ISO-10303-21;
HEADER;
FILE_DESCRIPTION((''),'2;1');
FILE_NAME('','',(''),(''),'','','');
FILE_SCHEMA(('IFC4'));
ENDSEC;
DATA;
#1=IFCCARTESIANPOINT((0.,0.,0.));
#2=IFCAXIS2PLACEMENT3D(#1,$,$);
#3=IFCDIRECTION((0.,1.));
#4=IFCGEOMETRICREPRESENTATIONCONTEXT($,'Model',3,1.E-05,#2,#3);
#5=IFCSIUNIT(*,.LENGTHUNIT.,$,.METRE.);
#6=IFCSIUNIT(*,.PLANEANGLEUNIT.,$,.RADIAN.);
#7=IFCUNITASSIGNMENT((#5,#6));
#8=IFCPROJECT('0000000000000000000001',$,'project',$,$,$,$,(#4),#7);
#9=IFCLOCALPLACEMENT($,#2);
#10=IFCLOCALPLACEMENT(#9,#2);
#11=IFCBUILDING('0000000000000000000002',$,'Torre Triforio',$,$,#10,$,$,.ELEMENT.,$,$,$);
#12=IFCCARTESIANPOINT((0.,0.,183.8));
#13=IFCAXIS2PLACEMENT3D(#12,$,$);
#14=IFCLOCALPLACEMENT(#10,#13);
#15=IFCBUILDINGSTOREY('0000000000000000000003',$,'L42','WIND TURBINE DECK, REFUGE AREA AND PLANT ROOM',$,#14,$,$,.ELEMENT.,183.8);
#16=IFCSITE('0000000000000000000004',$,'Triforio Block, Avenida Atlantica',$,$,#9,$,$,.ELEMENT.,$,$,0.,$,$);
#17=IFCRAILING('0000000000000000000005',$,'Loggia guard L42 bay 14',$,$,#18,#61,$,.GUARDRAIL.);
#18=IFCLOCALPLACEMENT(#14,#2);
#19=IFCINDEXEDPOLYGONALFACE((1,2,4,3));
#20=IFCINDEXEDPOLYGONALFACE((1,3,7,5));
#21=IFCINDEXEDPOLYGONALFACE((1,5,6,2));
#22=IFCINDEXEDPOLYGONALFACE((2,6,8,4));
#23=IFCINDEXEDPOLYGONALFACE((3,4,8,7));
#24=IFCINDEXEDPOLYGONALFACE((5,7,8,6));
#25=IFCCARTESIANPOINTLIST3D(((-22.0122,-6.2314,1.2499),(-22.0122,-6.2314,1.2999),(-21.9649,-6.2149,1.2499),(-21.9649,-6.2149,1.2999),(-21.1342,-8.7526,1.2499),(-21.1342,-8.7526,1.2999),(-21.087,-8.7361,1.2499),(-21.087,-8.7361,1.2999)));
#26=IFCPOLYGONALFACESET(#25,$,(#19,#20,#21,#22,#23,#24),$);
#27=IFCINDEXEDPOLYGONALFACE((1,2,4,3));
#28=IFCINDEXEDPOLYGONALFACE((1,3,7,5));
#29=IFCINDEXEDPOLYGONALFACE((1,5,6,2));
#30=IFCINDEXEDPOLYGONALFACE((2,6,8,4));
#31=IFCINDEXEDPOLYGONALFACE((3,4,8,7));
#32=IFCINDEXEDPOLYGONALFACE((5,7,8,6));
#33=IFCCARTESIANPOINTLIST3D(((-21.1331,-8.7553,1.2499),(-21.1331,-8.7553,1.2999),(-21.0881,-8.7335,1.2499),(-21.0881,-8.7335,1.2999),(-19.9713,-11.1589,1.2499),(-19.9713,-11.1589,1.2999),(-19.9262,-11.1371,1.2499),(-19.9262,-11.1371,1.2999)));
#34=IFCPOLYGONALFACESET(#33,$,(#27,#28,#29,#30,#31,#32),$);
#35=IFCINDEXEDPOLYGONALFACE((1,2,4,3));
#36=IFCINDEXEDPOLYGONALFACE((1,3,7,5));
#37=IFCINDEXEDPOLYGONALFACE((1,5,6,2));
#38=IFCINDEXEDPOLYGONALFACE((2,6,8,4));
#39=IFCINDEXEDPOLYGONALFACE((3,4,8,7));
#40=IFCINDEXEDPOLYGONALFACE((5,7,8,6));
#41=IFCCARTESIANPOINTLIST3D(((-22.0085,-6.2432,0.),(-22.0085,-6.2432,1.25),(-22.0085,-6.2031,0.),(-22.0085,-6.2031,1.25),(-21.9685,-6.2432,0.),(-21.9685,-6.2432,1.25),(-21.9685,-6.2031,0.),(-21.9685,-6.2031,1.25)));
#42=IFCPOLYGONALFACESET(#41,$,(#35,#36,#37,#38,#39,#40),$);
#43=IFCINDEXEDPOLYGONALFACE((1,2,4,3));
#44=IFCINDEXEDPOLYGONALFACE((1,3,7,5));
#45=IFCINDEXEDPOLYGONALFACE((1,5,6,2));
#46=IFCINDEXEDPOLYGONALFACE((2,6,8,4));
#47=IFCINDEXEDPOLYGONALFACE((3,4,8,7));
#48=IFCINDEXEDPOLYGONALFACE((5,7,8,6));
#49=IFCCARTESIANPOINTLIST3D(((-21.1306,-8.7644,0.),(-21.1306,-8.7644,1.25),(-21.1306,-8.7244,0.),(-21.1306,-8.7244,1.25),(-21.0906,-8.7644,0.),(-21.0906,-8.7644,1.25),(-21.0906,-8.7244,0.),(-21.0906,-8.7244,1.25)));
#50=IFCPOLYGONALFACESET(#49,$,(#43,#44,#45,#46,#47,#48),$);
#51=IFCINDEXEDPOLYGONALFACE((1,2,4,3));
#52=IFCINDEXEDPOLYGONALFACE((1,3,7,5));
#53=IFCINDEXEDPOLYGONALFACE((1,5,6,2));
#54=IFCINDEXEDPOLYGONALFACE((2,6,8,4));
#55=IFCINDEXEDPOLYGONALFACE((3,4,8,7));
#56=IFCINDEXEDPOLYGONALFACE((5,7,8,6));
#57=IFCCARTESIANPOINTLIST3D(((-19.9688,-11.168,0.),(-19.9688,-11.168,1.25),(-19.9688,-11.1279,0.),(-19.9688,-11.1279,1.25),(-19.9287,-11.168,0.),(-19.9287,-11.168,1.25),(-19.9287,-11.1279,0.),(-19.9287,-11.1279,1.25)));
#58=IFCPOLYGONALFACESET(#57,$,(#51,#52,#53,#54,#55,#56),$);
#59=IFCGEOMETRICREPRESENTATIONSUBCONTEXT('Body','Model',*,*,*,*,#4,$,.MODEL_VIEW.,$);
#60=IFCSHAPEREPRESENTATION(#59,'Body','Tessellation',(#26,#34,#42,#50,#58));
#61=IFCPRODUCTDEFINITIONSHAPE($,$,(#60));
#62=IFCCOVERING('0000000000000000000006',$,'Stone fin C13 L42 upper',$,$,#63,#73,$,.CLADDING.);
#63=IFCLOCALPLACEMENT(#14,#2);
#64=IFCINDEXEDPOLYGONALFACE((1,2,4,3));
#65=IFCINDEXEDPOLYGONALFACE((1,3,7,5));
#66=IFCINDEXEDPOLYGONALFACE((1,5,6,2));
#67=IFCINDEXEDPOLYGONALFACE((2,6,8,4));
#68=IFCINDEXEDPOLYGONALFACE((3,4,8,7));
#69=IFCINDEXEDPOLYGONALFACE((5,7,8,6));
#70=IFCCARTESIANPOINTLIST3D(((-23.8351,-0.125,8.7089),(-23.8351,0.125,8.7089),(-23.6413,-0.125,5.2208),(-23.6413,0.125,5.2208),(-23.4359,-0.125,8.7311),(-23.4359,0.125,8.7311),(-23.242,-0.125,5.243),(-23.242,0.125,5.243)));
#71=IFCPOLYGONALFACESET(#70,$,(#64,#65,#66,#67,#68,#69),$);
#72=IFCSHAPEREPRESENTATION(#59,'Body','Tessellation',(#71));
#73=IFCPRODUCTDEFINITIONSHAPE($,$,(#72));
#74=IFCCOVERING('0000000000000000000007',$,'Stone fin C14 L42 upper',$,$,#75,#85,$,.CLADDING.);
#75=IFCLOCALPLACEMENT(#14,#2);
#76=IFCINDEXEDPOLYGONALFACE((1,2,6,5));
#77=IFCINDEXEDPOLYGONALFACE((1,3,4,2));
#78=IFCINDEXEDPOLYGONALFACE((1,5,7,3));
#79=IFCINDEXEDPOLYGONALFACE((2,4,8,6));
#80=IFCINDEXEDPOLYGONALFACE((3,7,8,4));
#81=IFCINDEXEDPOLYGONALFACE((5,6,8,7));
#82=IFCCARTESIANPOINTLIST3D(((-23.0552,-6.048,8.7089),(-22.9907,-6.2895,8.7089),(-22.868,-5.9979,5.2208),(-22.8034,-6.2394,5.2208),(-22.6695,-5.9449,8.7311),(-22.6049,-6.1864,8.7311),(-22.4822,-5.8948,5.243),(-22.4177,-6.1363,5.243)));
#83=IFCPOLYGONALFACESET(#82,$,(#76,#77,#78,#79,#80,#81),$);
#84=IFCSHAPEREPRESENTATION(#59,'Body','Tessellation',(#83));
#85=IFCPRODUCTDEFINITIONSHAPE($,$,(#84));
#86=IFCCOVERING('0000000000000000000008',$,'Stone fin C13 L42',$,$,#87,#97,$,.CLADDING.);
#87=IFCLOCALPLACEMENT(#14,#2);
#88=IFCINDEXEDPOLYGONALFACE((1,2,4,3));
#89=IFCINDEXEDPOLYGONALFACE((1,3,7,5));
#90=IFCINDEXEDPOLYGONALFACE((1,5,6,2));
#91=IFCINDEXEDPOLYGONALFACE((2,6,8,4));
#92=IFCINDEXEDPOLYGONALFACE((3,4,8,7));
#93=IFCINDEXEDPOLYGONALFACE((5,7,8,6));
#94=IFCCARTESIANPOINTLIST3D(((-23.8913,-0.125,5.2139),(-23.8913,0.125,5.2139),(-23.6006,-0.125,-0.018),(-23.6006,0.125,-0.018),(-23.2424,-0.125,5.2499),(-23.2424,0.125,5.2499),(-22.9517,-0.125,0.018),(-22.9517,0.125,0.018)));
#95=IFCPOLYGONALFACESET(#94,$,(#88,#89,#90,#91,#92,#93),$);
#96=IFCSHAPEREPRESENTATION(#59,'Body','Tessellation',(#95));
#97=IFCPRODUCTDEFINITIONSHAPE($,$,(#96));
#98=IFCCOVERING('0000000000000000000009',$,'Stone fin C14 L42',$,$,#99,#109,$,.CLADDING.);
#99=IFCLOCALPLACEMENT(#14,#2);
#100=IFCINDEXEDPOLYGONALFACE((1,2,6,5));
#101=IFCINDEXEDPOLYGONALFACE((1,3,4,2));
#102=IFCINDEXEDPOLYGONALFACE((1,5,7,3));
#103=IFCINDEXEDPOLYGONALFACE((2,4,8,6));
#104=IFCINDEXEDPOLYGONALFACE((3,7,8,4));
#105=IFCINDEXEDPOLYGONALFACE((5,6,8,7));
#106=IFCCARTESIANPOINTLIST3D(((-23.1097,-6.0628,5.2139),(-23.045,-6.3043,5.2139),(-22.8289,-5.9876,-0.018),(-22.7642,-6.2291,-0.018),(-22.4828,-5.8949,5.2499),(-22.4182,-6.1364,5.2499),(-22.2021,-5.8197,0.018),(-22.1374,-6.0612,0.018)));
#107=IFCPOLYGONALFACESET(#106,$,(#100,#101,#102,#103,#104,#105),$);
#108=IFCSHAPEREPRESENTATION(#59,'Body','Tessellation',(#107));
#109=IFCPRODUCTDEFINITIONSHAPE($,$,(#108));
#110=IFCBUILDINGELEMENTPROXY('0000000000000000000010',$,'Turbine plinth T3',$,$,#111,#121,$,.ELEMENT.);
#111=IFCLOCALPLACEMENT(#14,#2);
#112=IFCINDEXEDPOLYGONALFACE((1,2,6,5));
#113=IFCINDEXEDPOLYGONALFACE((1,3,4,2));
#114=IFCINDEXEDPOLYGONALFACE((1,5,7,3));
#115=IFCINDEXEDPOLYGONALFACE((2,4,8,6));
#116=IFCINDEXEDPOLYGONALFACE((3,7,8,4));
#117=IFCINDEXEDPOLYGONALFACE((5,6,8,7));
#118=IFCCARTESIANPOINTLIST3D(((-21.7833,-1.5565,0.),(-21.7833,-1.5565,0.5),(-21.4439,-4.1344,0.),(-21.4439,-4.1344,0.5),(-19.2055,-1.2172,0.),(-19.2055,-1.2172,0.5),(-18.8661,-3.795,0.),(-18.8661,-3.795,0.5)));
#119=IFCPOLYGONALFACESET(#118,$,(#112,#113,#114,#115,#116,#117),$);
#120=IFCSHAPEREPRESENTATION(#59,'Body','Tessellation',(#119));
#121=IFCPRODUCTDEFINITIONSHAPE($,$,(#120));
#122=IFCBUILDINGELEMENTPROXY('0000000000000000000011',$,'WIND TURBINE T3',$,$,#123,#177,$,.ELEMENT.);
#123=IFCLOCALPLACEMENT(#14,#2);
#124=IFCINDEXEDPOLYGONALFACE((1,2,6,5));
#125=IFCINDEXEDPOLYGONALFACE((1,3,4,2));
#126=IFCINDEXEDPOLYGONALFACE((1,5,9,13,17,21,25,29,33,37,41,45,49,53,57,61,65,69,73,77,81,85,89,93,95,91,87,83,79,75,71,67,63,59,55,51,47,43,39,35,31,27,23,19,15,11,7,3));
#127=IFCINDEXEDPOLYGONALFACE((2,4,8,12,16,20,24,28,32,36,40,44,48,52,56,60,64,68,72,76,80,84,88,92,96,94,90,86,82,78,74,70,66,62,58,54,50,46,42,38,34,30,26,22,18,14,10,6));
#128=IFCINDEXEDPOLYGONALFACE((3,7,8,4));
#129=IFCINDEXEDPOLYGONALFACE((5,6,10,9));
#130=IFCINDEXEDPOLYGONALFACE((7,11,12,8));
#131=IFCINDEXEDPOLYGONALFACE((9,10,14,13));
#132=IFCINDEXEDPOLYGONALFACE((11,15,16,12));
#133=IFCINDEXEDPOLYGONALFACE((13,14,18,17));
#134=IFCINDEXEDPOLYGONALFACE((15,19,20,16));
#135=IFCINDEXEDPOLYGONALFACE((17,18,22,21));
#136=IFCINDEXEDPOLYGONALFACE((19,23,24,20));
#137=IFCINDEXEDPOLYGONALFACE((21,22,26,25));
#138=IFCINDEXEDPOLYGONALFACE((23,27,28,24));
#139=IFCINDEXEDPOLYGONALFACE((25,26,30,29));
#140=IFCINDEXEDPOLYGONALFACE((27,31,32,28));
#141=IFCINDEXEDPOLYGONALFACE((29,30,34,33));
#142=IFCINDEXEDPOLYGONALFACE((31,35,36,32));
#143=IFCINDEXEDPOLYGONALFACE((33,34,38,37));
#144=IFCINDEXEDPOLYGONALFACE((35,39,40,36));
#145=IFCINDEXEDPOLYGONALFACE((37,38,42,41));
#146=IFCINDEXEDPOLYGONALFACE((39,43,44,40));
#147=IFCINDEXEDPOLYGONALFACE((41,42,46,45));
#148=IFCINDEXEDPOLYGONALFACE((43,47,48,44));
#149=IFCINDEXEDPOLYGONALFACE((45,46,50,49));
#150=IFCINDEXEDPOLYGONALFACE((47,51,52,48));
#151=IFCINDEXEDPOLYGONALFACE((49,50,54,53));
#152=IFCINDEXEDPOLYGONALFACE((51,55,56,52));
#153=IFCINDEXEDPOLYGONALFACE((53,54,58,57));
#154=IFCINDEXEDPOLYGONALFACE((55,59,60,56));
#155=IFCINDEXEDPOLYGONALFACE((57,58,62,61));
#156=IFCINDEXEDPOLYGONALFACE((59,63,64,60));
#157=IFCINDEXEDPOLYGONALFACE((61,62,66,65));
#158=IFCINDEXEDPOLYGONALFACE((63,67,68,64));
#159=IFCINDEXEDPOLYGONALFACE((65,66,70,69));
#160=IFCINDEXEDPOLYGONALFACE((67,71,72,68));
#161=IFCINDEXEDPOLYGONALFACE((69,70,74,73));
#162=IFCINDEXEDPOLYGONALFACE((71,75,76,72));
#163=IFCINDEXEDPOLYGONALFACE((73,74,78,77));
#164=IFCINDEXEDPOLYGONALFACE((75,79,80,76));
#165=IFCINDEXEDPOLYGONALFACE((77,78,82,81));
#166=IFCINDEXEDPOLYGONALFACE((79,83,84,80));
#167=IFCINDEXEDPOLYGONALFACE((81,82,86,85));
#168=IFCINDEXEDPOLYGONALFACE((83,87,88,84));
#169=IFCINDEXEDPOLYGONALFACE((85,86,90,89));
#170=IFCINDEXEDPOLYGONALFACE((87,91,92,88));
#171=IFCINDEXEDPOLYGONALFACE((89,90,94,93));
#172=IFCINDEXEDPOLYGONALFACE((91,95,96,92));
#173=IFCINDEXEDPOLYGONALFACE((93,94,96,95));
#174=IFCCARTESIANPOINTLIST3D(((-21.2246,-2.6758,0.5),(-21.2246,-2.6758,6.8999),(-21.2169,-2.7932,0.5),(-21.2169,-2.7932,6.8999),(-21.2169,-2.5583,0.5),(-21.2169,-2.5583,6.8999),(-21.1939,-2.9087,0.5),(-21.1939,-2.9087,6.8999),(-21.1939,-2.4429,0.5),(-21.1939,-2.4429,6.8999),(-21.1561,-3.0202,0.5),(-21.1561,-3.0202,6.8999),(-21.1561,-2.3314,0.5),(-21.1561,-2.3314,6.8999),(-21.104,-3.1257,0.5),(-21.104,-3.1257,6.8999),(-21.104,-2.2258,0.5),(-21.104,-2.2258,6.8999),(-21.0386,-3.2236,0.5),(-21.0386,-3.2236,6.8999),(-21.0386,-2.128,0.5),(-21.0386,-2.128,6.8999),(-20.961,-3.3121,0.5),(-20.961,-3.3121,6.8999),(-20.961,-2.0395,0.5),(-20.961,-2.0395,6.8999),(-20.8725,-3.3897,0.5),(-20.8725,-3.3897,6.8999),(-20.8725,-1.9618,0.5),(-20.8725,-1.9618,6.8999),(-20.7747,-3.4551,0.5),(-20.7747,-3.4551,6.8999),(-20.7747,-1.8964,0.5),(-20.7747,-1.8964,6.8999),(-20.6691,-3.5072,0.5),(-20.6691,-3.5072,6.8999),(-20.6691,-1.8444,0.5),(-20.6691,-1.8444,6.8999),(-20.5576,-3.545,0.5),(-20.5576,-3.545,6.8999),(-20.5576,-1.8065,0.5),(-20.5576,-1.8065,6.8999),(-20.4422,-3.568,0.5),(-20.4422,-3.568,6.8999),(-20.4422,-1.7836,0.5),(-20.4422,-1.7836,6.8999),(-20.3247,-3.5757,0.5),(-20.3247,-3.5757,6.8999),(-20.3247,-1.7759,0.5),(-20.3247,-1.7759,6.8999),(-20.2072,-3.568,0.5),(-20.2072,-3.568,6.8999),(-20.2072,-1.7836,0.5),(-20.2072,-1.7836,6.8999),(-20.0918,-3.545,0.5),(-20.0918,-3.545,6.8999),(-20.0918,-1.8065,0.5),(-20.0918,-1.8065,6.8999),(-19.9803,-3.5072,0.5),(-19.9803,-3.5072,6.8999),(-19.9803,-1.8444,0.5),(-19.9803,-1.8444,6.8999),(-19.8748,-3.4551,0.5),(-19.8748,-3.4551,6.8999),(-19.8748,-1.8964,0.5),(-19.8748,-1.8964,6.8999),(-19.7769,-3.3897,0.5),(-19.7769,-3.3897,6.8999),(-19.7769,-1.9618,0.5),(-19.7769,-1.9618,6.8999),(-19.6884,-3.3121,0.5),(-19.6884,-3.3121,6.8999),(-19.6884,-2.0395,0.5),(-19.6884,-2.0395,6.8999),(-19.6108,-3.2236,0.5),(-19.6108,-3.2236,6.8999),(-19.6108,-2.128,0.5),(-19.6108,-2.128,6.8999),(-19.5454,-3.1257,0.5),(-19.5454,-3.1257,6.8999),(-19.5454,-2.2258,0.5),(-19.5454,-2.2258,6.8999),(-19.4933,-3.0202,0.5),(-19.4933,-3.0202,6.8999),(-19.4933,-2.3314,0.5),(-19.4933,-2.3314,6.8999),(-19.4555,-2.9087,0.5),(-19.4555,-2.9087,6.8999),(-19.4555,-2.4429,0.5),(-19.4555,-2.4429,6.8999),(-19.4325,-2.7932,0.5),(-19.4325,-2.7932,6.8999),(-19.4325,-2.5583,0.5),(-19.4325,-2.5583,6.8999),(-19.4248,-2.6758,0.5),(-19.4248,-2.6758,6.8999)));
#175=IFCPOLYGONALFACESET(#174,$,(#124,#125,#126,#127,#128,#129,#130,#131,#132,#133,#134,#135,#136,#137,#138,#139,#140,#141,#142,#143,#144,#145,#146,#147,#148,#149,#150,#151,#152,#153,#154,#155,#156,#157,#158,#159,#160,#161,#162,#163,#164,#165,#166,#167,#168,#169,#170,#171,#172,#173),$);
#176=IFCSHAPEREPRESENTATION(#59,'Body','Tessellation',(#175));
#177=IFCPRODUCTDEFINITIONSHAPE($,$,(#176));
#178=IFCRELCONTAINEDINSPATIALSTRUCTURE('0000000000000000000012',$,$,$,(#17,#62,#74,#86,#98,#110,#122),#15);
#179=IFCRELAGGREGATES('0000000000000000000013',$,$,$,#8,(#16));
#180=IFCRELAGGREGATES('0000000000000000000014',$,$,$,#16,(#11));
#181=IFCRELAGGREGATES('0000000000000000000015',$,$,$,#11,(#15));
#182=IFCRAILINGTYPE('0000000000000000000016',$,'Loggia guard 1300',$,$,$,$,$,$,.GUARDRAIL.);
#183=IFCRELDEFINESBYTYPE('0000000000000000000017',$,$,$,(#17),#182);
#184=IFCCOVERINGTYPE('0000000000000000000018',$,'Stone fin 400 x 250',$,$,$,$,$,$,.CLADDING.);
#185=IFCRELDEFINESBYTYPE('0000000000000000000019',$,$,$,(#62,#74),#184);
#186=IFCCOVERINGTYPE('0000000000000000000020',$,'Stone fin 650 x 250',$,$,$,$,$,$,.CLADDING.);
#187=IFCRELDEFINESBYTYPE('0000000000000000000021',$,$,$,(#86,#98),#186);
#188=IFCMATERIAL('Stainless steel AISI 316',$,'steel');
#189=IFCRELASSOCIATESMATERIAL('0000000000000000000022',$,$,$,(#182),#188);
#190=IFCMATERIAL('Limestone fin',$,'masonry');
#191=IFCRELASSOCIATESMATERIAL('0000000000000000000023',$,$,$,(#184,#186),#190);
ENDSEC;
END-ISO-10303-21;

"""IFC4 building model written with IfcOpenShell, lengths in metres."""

from ifc_helpers import new_model, si_unit, direction, frame, origin, origin_2d, place, context, subcontext, project, spatial, rectangle, circle, extrude, material, material_profile, profile_set, type_object, element, save


model = new_model("IFC4")

# Units and contexts
model_context = context("Model", 3, precision=1e-05, world=origin(), true_north=direction((0.0, 1.0)))
body_context = subcontext(model_context, "Body", "Model", "MODEL_VIEW")
ifc_project = project(units=[si_unit("LENGTHUNIT", "METRE"), si_unit("PLANEANGLEUNIT", "RADIAN")], contexts=[model_context])

# Site, building, storey
site_placement = place(None, origin())
site = spatial("IfcSite", under=ifc_project, at=site_placement, Name="Triforio Block, Avenida Atlantica", CompositionType="ELEMENT", RefElevation=0.0)
building_placement = place(site_placement, origin())
building = spatial("IfcBuilding", under=site, at=building_placement, Name="Torre Triforio", CompositionType="ELEMENT")
storey_placement = place(building_placement, frame((0.0, 0.0, 183.8)))
storey = spatial("IfcBuildingStorey", under=building, at=storey_placement, Name="L42", Description="WIND TURBINE DECK, REFUGE AREA AND PLANT ROOM", CompositionType="ELEMENT", Elevation=183.8)

# Railing
ifc_material_1 = material(Name="Stainless steel AISI 316", Category="steel")
railing_type = type_object("IfcRailingType", Name="Loggia guard 1300", PredefinedType="GUARDRAIL", material=ifc_material_1)
railing_1_placement = place(storey_placement, frame((-21.9885, -6.2231, 0.0)))
element("IfcRailing", 1, at=railing_1_placement, inside=storey, type_object=railing_type, Name="Loggia guard L42 bay 14", PredefinedType="GUARDRAIL", context=body_context, shape_type="SweptSolid", body=[
    extrude(rectangle(XDim=0.05, YDim=0.05, at=origin_2d()), frame((0.0, 0.0, 1.2749), z_axis=(0.328847, -0.944383, 0.0), x_axis=(0.944383, 0.328847, 0.0)), (0.0, 0.0, 1.0), 2.6697),
    extrude(rectangle(XDim=0.05, YDim=0.05, at=origin_2d()), frame((0.8779, -2.5212, 1.2749), z_axis=(0.435212, -0.900328, 0.0), x_axis=(0.900328, 0.435212, 0.0)), (0.0, 0.0, 1.0), 2.6697),
    extrude(rectangle(XDim=0.04, YDim=0.04, at=origin_2d()), origin(), (0.0, 0.0, 1.0), 1.25),
    extrude(rectangle(XDim=0.04, YDim=0.04, at=origin_2d()), frame((0.8779, -2.5212, 0.0)), (0.0, 0.0, 1.0), 1.25),
    extrude(rectangle(XDim=0.04, YDim=0.04, at=origin_2d()), frame((2.0398, -4.9248, 0.0)), (0.0, 0.0, 1.0), 1.25),
])

# Coverings
ifc_material_2 = material(Name="Limestone fin", Category="masonry")
ifc_material_profile_1 = material_profile(ifc_material_2, rectangle(XDim=0.3999, YDim=0.25, at=origin_2d()), Name="FIN 400x250")
ifc_profile_set_1 = profile_set([ifc_material_profile_1], Name="Limestone fin")
covering_type_1 = type_object("IfcCoveringType", Name="Stone fin 400 x 250", PredefinedType="CLADDING", material=ifc_profile_set_1)
for number, where, z_axis, x_axis, name in (
    (2, (-23.4417, 0.0, 5.2319), (-0.055489, 0.0, 0.998459), (0.998459, 0.0, 0.055489), "Stone fin C13 L42 upper"),
    (3, (-22.6428, -6.0671, 5.2319), (-0.053602, -0.014327, 0.99846), (0.9646, 0.257814, 0.055484), "Stone fin C14 L42 upper"),
):
    element("IfcCovering", number, at=place(storey_placement, frame(where, z_axis=z_axis, x_axis=x_axis)), inside=storey, type_object=covering_type_1, Name=name, PredefinedType="CLADDING", context=body_context, shape_type="SweptSolid", body=[
        extrude(rectangle(XDim=0.3999, YDim=0.25, at=origin_2d()), origin(), (0.0, 0.0, 1.0), 3.4934),
    ])
ifc_material_profile_2 = material_profile(ifc_material_2, rectangle(XDim=0.6499, YDim=0.25, at=origin_2d()), Name="FIN 650x250")
ifc_profile_set_2 = profile_set([ifc_material_profile_2], Name="Limestone fin")
covering_type_2 = type_object("IfcCoveringType", Name="Stone fin 650 x 250", PredefinedType="CLADDING", material=ifc_profile_set_2)
for number, where, z_axis, x_axis, name in (
    (4, (-23.2761, 0.0, 0.0), (-0.055491, 0.0, 0.998459), (0.998459, 0.0, 0.055491), "Stone fin C13 L42"),
    (5, (-22.4832, -6.0244, 0.0), (-0.05358, -0.01435, 0.99846), (0.964468, 0.25831, 0.055469), "Stone fin C14 L42"),
):
    element("IfcCovering", number, at=place(storey_placement, frame(where, z_axis=z_axis, x_axis=x_axis)), inside=storey, type_object=covering_type_2, Name=name, PredefinedType="CLADDING", context=body_context, shape_type="SweptSolid", body=[
        extrude(rectangle(XDim=0.6499, YDim=0.25, at=origin_2d()), origin(), (0.0, 0.0, 1.0), 5.24),
    ])

# Building element proxies
proxy_1_placement = place(storey_placement, frame((-20.3247, -2.6758, 0.0), z_axis=(0.0, 0.0, 1.0), x_axis=(-0.991445, -0.130526, 0.0)))
element("IfcBuildingElementProxy", 6, at=proxy_1_placement, inside=storey, Name="Turbine plinth T3", PredefinedType="ELEMENT", context=body_context, shape_type="SweptSolid", body=[
    extrude(rectangle(XDim=2.6001, YDim=2.6001, at=origin_2d()), origin(), (0.0, 0.0, 1.0), 0.5),
])
proxy_2_placement = place(storey_placement, frame((-20.3247, -2.6758, 0.5), z_axis=(0.0, 0.0, 1.0), x_axis=(1.0, 0.0, 0.0)))
element("IfcBuildingElementProxy", 7, at=proxy_2_placement, inside=storey, Name="WIND TURBINE T3", PredefinedType="ELEMENT", context=body_context, shape_type="SweptSolid", body=[
    extrude(circle(Radius=0.8999, at=origin_2d()), origin(), (0.0, 0.0, 1.0), 6.3999),
])

save(model, "model.ifc")
